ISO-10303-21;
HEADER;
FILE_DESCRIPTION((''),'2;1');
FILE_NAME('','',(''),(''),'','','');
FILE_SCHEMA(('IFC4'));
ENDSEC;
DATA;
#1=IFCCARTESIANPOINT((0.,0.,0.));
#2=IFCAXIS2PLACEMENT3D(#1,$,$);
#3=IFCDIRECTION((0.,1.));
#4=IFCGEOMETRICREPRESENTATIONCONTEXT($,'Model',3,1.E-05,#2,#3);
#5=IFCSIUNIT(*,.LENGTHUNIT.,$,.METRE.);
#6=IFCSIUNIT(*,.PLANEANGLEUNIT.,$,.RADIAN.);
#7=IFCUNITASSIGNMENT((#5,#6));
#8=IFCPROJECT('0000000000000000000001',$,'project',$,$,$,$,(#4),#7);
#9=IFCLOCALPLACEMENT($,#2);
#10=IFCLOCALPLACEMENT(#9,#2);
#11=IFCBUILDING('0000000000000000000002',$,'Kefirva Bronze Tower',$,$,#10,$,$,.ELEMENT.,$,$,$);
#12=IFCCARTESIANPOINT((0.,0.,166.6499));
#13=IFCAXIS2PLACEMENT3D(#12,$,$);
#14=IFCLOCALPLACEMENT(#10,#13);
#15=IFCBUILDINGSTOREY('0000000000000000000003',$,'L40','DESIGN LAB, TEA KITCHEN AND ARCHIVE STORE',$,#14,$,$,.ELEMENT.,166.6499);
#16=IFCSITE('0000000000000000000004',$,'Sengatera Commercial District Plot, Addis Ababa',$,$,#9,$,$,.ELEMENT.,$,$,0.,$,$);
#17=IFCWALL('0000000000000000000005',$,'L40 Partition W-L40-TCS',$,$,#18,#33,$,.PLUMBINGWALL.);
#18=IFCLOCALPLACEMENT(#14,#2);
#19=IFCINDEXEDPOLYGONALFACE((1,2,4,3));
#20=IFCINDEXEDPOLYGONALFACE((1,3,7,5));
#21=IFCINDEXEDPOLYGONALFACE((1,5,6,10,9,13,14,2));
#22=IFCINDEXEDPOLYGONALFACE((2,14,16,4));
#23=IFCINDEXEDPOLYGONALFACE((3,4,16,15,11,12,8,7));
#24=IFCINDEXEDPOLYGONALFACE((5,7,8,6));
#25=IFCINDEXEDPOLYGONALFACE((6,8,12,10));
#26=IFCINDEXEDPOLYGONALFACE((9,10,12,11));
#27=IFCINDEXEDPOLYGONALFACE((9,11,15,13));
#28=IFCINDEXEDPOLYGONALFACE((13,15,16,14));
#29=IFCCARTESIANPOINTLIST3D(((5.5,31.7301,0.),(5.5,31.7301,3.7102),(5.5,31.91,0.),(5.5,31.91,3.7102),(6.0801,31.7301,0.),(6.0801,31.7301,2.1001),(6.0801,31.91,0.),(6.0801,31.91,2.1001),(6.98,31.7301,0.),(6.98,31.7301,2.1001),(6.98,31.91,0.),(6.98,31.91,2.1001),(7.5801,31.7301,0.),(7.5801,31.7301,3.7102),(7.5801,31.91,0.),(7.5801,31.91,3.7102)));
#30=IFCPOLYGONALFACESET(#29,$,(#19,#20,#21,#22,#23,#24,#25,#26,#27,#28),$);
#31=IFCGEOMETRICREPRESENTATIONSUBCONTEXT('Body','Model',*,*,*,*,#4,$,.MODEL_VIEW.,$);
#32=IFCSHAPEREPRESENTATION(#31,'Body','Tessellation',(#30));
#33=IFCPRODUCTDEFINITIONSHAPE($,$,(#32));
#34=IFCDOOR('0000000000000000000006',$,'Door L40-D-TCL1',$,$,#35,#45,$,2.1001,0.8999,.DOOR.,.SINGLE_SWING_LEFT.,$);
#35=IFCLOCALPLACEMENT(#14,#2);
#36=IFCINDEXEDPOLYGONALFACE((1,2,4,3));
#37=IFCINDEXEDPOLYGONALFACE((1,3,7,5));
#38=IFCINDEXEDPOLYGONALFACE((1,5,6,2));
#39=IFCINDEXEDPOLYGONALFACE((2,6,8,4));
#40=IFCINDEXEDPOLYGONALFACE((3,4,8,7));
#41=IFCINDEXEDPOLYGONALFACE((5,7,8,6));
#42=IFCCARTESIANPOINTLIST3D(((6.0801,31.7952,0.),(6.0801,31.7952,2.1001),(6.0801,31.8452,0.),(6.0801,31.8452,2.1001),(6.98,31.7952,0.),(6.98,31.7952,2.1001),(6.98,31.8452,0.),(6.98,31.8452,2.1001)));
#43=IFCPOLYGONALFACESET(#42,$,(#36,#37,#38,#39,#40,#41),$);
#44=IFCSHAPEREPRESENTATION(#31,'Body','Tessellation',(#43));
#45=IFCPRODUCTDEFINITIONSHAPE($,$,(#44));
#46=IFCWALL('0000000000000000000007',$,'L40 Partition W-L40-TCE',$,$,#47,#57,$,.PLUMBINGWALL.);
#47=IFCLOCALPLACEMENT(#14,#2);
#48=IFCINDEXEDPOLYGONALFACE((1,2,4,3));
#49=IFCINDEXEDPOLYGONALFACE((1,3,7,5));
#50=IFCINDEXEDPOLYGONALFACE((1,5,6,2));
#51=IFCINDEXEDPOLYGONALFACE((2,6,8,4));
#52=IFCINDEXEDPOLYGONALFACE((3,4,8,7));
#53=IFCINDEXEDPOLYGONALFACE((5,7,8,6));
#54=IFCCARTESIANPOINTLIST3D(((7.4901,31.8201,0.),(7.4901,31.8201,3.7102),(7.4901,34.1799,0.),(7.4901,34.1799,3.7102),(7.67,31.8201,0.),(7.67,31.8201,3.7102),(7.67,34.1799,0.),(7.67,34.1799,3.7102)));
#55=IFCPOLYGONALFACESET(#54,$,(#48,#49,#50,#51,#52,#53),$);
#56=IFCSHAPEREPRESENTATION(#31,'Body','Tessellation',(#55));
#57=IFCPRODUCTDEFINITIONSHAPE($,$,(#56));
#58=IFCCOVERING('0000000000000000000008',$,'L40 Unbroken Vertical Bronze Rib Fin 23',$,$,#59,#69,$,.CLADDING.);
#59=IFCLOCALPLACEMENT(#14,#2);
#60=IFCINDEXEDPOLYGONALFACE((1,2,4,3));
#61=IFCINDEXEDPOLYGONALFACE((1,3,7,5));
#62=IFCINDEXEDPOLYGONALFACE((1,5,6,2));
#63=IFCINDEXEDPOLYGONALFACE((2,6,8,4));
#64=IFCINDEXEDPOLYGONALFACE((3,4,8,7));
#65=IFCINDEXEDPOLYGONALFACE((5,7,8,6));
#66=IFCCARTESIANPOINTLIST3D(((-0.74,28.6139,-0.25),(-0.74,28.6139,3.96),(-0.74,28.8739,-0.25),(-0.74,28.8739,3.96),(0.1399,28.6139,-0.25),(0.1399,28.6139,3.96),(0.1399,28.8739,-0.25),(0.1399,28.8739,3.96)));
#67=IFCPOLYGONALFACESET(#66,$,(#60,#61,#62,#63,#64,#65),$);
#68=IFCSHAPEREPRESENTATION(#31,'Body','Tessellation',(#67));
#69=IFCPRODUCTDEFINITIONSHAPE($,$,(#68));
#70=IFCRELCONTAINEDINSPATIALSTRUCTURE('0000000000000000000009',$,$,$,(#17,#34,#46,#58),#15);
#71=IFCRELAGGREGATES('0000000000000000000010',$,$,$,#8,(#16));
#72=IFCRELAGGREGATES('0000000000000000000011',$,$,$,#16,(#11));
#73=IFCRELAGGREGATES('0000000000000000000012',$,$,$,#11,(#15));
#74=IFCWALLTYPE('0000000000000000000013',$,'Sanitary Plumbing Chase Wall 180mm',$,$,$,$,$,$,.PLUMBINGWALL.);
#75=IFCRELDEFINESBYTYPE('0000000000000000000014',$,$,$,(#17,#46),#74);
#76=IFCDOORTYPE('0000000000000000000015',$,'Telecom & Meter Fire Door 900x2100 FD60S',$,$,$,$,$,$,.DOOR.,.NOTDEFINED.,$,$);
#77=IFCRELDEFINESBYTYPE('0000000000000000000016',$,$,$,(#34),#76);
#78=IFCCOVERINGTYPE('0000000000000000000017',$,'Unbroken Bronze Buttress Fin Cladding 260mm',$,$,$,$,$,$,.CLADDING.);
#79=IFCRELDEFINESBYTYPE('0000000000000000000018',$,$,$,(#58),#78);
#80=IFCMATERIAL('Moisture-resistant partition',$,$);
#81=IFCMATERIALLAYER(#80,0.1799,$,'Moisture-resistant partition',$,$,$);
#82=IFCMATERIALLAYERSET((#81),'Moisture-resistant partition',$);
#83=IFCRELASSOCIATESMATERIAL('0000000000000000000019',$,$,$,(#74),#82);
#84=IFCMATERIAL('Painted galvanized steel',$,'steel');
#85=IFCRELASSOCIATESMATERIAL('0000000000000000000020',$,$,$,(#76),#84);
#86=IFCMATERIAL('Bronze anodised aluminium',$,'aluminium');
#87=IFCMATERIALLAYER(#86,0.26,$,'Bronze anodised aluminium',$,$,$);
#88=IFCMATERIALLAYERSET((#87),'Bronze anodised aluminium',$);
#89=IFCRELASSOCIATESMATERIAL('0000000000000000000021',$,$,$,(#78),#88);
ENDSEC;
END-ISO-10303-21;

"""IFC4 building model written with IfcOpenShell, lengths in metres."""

from ifc_helpers import new_model, si_unit, direction, frame, frame_2d, origin, origin_2d, place, context, subcontext, project, spatial, rectangle, extrude, material, layer, layer_set, type_object, element, fill, save


model = new_model("IFC4")

# Units and contexts
model_context = context("Model", 3, precision=1e-05, world=origin(), true_north=direction((0.0, 1.0)))
body_context = subcontext(model_context, "Body", "Model", "MODEL_VIEW")
ifc_project = project(units=[si_unit("LENGTHUNIT", "METRE"), si_unit("PLANEANGLEUNIT", "RADIAN")], contexts=[model_context])

# Site, building, storey
site_placement = place(None, origin())
site = spatial("IfcSite", under=ifc_project, at=site_placement, Name="Sengatera Commercial District Plot, Addis Ababa", CompositionType="ELEMENT", RefElevation=0.0)
building_placement = place(site_placement, origin())
building = spatial("IfcBuilding", under=site, at=building_placement, Name="Kefirva Bronze Tower", CompositionType="ELEMENT")
storey_placement = place(building_placement, frame((0.0, 0.0, 166.6499)))
storey = spatial("IfcBuildingStorey", under=building, at=storey_placement, Name="L40", Description="DESIGN LAB, TEA KITCHEN AND ARCHIVE STORE", CompositionType="ELEMENT", Elevation=166.6499)

# Shared definitions
ifc_material_1 = material(Name="Bronze anodised aluminium", Category="aluminium")

# Wall, opening, door
ifc_material_2 = material(Name="Moisture-resistant partition")
ifc_layer_1 = layer(ifc_material_2, 0.1799, Name="Moisture-resistant partition")
ifc_layer_set_1 = layer_set([ifc_layer_1], Name="Moisture-resistant partition")
wall_type_1 = type_object("IfcWallType", Name="Sanitary Plumbing Chase Wall 180mm", PredefinedType="PLUMBINGWALL", material=ifc_layer_set_1)
wall_1_placement = place(storey_placement, frame((5.5, 31.8201, 0.0), z_axis=(0.0, 0.0, 1.0), x_axis=(1.0, 0.0, 0.0)))
wall_1 = element("IfcWall", 1, at=wall_1_placement, inside=storey, type_object=wall_type_1, Name="L40 Partition W-L40-TCS", PredefinedType="PLUMBINGWALL", context=body_context, shape_type="SweptSolid", body=[
    extrude(rectangle(XDim=2.0801, YDim=0.1799, at=frame_2d((1.04, 0.0))), origin(), (0.0, 0.0, 1.0), 3.7102),
])
opening_placement = place(wall_1_placement, frame((1.48, 0.0, 0.0), z_axis=(0.0, 0.0, 1.0), x_axis=(-1.0, 0.0, 0.0)))
opening = element("IfcOpeningElement", 2, at=opening_placement, cuts=wall_1, PredefinedType="OPENING", context=body_context, shape_type="SweptSolid", body=[
    extrude(rectangle(XDim=0.8999, YDim=2.1001, at=frame_2d((0.45, 1.05))), frame((0.0, 0.1001, 0.0), z_axis=(0.0, -1.0, 0.0), x_axis=(1.0, 0.0, 0.0)), (0.0, 0.0, 1.0), 0.2),
])
ifc_material_3 = material(Name="Painted galvanized steel", Category="steel")
door_type = type_object("IfcDoorType", Name="Telecom & Meter Fire Door 900x2100 FD60S", OperationType="NOTDEFINED", PredefinedType="DOOR", material=ifc_material_3)
door_placement = place(opening_placement, origin())
door = element("IfcDoor", 3, at=door_placement, inside=storey, type_object=door_type, Name="Door L40-D-TCL1", OperationType="SINGLE_SWING_LEFT", OverallHeight=2.1001, OverallWidth=0.8999, PredefinedType="DOOR", context=body_context, shape_type="SweptSolid", body=[
    extrude(rectangle(XDim=0.8999, YDim=2.1001, at=frame_2d((0.45, 1.05))), frame((0.0, 0.0249, 0.0), z_axis=(0.0, -1.0, 0.0), x_axis=(1.0, 0.0, 0.0)), (0.0, 0.0, 1.0), 0.05),
])
fill(opening, door)

# Wall
wall_2_placement = place(storey_placement, frame((7.5801, 31.8201, 0.0), z_axis=(0.0, 0.0, 1.0), x_axis=(0.0, 1.0, 0.0)))
element("IfcWall", 4, at=wall_2_placement, inside=storey, type_object=wall_type_1, Name="L40 Partition W-L40-TCE", PredefinedType="PLUMBINGWALL", context=body_context, shape_type="SweptSolid", body=[
    extrude(rectangle(XDim=2.3599, YDim=0.1799, at=frame_2d((1.1799, 0.0))), origin(), (0.0, 0.0, 1.0), 3.7102),
])

# Covering
ifc_layer_2 = layer(ifc_material_1, 0.26, Name="Bronze anodised aluminium")
ifc_layer_set_2 = layer_set([ifc_layer_2], Name="Bronze anodised aluminium")
covering_type = type_object("IfcCoveringType", Name="Unbroken Bronze Buttress Fin Cladding 260mm", PredefinedType="CLADDING", material=ifc_layer_set_2)
covering_placement = place(storey_placement, frame((-0.3, 28.7439, -0.25), z_axis=(0.0, 0.0, 1.0), x_axis=(0.0, -1.0, 0.0)))
element("IfcCovering", 5, at=covering_placement, inside=storey, type_object=covering_type, Name="L40 Unbroken Vertical Bronze Rib Fin 23", PredefinedType="CLADDING", context=body_context, shape_type="SweptSolid", body=[
    extrude(rectangle(XDim=0.26, YDim=0.8799, at=origin_2d()), origin(), (0.0, 0.0, 1.0), 4.21),
])

save(model, "model.ifc")
